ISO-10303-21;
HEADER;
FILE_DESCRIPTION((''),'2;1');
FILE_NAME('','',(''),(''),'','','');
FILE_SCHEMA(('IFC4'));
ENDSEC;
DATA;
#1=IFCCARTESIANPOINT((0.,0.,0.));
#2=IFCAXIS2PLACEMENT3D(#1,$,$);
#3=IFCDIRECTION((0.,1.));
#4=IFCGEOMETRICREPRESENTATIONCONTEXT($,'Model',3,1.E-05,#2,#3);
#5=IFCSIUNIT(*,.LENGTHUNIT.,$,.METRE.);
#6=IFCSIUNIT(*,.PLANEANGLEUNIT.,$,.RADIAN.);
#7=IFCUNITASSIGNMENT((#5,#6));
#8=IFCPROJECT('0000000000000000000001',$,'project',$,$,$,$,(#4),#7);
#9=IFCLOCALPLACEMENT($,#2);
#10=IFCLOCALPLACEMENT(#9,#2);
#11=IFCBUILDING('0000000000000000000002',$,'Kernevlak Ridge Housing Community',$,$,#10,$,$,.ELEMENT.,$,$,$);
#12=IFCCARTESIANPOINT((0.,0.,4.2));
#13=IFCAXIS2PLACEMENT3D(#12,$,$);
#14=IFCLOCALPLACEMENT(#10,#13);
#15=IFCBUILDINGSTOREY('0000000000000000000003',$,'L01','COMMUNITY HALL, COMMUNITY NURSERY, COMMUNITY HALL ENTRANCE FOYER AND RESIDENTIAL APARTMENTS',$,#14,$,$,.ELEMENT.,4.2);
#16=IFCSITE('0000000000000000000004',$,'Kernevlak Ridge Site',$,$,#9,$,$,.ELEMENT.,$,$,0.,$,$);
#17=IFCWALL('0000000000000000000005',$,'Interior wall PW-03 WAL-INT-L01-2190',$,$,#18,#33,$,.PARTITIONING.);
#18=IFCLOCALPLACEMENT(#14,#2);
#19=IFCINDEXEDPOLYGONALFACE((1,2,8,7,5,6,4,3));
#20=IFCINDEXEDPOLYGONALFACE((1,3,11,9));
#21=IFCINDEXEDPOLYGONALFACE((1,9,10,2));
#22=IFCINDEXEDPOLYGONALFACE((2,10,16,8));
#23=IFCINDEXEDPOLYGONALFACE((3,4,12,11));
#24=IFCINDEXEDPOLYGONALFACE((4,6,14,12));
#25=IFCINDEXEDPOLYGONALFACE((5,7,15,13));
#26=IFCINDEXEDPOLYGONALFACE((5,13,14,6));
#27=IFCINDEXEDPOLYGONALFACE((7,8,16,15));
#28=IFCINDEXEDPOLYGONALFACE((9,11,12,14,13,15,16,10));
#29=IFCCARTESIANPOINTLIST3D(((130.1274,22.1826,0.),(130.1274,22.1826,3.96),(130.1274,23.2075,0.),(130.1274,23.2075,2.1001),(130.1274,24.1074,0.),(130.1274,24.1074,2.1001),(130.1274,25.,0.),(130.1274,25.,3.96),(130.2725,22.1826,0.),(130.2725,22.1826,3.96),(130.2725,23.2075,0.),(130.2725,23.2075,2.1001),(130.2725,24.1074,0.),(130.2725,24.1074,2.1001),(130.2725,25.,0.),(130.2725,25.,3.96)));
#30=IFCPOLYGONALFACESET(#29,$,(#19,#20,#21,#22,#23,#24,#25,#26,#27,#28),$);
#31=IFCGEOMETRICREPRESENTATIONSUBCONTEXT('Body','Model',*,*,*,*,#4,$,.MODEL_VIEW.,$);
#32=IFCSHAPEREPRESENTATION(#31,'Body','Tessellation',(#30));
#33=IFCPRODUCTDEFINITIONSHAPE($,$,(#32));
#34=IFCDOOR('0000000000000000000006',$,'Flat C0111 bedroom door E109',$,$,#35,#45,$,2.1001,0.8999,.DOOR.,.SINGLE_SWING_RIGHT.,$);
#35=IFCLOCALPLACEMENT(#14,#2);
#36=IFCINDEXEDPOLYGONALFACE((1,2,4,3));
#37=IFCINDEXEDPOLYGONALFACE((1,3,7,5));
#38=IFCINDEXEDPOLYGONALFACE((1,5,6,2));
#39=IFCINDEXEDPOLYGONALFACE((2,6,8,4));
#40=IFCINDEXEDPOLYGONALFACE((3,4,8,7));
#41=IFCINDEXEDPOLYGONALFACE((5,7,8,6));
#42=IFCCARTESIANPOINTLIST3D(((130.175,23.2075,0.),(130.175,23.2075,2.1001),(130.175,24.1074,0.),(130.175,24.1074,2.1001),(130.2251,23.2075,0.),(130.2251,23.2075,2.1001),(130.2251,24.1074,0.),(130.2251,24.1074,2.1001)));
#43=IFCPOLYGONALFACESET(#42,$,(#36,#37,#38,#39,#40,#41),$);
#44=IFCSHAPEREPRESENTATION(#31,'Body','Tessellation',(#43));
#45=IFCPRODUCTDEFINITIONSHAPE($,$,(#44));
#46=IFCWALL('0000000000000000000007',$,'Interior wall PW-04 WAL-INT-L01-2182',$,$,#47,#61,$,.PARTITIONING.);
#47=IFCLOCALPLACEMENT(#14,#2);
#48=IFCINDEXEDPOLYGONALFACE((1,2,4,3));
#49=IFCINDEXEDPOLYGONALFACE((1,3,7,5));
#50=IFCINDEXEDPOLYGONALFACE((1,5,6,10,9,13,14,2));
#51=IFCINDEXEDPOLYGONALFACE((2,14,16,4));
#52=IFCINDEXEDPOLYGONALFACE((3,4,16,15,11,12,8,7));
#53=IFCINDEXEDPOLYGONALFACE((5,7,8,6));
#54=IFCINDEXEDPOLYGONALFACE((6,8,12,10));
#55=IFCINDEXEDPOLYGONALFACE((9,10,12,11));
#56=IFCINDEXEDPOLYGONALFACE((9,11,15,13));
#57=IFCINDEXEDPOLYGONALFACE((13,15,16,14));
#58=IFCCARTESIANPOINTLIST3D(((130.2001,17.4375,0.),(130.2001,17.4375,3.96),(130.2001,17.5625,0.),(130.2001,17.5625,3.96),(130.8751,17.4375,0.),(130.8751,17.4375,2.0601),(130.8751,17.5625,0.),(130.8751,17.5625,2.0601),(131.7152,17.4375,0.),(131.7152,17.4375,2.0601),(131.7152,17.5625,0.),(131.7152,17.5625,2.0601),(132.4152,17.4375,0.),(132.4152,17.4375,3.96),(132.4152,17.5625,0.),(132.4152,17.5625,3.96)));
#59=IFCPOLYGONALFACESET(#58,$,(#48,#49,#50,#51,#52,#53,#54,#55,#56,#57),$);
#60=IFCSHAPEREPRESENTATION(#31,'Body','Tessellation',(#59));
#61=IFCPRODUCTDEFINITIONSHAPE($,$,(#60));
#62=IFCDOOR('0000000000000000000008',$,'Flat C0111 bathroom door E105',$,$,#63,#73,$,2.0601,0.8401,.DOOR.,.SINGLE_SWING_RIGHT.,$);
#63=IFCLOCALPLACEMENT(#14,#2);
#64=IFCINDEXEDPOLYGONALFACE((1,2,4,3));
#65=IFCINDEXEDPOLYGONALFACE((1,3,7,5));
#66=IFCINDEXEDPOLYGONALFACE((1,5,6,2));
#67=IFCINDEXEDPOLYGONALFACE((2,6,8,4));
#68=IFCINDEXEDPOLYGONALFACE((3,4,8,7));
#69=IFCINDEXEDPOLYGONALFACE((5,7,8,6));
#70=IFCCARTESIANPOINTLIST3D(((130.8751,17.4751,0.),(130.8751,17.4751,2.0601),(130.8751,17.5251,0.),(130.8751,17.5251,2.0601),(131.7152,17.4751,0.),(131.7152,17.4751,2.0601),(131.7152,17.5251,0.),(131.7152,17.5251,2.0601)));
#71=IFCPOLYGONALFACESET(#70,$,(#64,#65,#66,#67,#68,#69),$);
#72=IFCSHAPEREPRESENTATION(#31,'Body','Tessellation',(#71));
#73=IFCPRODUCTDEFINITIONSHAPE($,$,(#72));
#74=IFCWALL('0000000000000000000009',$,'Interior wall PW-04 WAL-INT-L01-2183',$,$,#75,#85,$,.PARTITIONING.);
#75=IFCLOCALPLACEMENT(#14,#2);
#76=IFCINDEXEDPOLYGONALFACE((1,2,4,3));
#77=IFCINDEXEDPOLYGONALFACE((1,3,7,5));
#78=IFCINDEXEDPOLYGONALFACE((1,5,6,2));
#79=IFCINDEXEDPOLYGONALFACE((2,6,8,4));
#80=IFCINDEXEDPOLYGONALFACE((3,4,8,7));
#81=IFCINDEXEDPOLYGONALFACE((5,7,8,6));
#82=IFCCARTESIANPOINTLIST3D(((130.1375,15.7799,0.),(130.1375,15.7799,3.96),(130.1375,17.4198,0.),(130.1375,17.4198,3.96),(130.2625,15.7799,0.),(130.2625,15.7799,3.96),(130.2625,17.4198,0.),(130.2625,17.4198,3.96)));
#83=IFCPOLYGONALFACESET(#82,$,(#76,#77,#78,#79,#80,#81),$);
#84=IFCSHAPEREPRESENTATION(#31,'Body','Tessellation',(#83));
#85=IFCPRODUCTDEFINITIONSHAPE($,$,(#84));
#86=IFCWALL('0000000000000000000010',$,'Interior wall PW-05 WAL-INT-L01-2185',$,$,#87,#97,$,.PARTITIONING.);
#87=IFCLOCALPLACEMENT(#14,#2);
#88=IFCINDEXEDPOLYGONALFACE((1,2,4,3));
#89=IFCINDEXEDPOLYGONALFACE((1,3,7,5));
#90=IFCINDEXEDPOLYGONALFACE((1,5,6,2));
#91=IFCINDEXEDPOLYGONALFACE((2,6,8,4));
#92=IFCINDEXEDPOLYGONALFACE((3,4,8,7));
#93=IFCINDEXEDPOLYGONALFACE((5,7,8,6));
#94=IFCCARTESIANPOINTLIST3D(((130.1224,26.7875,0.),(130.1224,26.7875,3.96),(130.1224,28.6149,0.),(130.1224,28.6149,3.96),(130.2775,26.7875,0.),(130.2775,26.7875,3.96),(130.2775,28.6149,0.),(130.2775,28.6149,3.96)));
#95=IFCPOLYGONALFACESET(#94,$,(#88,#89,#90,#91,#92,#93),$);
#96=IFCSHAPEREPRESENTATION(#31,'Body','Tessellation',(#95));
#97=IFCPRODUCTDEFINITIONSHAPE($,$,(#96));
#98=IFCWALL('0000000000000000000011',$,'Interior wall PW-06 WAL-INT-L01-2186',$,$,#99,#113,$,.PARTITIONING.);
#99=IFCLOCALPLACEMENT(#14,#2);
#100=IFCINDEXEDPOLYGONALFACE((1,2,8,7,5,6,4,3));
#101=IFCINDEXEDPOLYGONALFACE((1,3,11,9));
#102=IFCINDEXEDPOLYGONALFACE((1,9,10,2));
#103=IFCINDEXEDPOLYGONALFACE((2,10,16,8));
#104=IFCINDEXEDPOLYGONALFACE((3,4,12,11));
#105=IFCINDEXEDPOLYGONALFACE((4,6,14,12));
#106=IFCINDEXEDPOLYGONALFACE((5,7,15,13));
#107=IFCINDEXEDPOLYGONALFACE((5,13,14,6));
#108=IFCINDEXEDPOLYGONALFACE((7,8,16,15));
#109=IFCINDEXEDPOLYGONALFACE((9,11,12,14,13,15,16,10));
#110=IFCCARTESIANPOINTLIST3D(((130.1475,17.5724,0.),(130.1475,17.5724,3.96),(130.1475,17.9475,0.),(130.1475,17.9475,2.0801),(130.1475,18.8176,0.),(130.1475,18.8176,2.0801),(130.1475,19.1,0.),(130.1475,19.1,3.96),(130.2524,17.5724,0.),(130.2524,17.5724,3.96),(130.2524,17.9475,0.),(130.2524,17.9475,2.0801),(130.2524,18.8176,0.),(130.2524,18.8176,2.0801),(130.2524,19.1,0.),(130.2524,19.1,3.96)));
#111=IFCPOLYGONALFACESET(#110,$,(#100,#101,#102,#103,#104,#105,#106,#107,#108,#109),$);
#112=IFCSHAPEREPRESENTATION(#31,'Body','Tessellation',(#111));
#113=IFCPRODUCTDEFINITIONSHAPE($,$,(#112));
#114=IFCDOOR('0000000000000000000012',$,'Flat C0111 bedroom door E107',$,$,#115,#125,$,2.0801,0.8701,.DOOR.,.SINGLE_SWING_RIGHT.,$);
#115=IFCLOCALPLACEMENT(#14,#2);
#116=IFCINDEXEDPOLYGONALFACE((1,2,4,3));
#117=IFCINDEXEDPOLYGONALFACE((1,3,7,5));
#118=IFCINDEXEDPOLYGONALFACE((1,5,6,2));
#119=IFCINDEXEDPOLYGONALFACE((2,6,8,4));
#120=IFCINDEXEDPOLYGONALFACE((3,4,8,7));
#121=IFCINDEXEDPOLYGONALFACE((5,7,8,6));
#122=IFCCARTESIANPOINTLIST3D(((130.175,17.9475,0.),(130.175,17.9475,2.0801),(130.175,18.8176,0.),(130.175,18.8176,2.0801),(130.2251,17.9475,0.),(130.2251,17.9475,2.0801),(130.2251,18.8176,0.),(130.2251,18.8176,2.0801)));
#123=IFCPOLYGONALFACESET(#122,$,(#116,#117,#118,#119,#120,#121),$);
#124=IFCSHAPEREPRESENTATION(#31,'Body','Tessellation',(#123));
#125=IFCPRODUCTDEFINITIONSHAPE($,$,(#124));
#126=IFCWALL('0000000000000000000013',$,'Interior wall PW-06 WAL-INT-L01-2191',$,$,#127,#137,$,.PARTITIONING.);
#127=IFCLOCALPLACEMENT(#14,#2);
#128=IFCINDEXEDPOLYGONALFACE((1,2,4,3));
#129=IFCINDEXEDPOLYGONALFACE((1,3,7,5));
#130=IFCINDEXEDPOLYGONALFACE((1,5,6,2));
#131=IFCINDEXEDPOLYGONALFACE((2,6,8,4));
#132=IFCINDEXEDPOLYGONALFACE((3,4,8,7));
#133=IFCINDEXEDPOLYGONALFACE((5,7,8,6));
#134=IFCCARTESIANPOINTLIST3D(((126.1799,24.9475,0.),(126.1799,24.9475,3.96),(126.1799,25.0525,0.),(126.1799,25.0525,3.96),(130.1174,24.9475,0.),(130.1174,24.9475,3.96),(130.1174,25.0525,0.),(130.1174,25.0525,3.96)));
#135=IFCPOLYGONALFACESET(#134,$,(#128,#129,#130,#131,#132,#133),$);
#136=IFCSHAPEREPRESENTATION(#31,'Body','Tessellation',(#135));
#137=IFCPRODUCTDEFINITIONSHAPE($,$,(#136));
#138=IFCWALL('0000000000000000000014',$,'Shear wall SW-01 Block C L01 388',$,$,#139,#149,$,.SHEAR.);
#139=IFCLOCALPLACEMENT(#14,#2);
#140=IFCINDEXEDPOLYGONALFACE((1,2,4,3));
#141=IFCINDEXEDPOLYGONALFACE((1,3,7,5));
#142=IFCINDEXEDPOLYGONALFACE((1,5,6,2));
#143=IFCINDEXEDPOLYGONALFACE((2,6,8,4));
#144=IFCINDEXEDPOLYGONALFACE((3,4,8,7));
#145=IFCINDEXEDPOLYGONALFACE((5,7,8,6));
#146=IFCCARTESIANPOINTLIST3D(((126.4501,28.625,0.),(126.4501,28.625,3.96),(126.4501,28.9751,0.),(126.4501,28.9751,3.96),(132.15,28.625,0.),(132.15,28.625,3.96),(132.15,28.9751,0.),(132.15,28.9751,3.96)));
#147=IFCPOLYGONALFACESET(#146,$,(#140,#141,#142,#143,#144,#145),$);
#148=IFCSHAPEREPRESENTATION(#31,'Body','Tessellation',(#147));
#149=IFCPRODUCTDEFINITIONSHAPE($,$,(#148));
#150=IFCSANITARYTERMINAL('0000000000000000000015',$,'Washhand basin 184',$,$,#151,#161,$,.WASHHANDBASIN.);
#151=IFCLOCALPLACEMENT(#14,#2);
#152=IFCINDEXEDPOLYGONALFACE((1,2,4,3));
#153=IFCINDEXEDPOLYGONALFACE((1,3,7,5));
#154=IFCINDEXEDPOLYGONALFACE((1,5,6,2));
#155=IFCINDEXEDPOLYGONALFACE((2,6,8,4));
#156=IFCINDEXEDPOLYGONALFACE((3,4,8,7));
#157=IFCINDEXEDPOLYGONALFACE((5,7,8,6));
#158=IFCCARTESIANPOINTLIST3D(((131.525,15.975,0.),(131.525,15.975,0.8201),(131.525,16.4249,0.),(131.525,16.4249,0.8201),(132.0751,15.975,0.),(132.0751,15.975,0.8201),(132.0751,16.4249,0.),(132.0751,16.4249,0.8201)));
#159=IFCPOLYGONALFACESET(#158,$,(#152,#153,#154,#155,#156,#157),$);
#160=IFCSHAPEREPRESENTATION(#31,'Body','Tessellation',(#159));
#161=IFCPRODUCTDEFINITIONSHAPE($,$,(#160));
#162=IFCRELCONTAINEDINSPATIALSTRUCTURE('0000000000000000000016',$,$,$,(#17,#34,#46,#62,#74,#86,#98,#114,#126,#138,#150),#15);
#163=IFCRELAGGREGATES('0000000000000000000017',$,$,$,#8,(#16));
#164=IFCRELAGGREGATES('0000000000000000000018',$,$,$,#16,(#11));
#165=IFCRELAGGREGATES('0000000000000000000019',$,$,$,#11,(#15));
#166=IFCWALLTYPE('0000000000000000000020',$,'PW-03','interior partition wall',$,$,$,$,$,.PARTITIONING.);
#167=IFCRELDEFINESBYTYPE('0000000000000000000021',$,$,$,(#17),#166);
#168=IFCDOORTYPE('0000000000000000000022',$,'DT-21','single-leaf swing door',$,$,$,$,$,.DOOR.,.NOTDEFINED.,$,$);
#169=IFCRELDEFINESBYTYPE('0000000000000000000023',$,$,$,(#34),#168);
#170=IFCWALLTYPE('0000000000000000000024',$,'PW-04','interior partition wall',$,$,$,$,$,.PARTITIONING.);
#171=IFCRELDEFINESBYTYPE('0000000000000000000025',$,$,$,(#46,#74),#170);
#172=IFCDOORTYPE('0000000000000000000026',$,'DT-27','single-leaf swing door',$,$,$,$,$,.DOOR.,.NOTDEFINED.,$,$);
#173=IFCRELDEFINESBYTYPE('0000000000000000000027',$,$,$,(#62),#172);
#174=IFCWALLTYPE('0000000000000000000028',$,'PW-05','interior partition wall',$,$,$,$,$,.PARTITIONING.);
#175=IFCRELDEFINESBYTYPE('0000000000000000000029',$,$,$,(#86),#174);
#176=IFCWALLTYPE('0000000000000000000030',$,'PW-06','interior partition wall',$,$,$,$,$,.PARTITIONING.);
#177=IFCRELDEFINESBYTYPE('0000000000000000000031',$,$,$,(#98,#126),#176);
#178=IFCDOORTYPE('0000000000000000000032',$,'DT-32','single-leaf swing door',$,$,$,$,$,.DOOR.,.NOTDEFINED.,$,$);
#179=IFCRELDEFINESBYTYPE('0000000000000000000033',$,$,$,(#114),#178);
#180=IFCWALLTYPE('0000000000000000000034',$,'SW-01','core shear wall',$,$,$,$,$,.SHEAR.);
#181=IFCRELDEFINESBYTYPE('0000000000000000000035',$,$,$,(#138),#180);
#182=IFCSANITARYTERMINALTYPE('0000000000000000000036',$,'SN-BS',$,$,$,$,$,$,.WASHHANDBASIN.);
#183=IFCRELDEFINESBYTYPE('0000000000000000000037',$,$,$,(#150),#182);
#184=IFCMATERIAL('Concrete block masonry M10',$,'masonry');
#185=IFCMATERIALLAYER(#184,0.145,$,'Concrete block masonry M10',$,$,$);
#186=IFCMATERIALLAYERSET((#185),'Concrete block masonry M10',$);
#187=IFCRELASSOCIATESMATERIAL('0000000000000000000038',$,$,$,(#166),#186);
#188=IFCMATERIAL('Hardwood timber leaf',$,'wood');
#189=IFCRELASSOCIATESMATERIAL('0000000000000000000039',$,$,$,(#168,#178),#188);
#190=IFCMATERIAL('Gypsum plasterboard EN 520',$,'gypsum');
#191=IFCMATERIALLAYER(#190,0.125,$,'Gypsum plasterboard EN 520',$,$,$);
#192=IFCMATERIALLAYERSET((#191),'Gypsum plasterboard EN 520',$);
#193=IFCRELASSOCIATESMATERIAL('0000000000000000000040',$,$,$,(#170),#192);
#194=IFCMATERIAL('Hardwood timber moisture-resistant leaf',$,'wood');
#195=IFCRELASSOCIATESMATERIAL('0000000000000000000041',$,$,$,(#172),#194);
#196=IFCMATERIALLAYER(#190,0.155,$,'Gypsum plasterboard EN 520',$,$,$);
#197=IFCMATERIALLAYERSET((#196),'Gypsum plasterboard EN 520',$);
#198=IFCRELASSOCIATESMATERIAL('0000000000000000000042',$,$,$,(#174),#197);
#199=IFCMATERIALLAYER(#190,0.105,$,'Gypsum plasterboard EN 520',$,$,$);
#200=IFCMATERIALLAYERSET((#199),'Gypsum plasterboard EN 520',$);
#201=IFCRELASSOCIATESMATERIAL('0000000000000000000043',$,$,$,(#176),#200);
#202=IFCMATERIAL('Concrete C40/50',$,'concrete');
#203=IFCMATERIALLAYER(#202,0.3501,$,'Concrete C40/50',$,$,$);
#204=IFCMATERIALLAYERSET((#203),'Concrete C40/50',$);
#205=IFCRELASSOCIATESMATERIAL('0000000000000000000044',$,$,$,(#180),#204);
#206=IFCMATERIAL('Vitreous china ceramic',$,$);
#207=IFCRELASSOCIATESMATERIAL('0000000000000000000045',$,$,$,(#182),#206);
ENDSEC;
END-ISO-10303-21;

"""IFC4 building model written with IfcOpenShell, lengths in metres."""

from ifc_helpers import new_model, si_unit, direction, frame, frame_2d, origin, origin_2d, place, context, subcontext, project, spatial, rectangle, extrude, material, layer, layer_set, type_object, element, fill, save


model = new_model("IFC4")

# Units and contexts
model_context = context("Model", 3, precision=1e-05, world=origin(), true_north=direction((0.0, 1.0)))
body_context = subcontext(model_context, "Body", "Model", "MODEL_VIEW")
ifc_project = project(units=[si_unit("LENGTHUNIT", "METRE"), si_unit("PLANEANGLEUNIT", "RADIAN")], contexts=[model_context])

# Site, building, storey
site_placement = place(None, origin())
site = spatial("IfcSite", under=ifc_project, at=site_placement, Name="Kernevlak Ridge Site", CompositionType="ELEMENT", RefElevation=0.0)
building_placement = place(site_placement, origin())
building = spatial("IfcBuilding", under=site, at=building_placement, Name="Kernevlak Ridge Housing Community", CompositionType="ELEMENT")
storey_placement = place(building_placement, frame((0.0, 0.0, 4.2)))
storey = spatial("IfcBuildingStorey", under=building, at=storey_placement, Name="L01", Description="COMMUNITY HALL, COMMUNITY NURSERY, COMMUNITY HALL ENTRANCE FOYER AND RESIDENTIAL APARTMENTS", CompositionType="ELEMENT", Elevation=4.2)

# Shared definitions
ifc_material_1 = material(Name="Concrete C40/50", Category="concrete")

# Shared definitions
ifc_material_2 = material(Name="Concrete block masonry M10", Category="masonry")

# Shared definitions
ifc_layer_1 = layer(ifc_material_2, 0.145, Name="Concrete block masonry M10")
ifc_layer_set_1 = layer_set([ifc_layer_1], Name="Concrete block masonry M10")
wall_type_1 = type_object("IfcWallType", Name="PW-03", Description="interior partition wall", PredefinedType="PARTITIONING", material=ifc_layer_set_1)

# Shared definitions
ifc_material_3 = material(Name="Hardwood timber leaf", Category="wood")

# Walls, openings, doors
wall_1_placement = place(storey_placement, frame((130.2, 22.1826, 0.0), z_axis=(0.0, 0.0, 1.0), x_axis=(0.0, 1.0, 0.0)))
wall_1 = element("IfcWall", 1, at=wall_1_placement, inside=storey, type_object=wall_type_1, Name="Interior wall PW-03 WAL-INT-L01-2190", PredefinedType="PARTITIONING", context=body_context, shape_type="SweptSolid", body=[
    extrude(rectangle(XDim=2.8174, YDim=0.145, at=frame_2d((1.4087, 0.0))), origin(), (0.0, 0.0, 1.0), 3.96),
])
opening_1_placement = place(wall_1_placement, frame((1.0249, 0.0, 0.0)))
opening_1 = element("IfcOpeningElement", 2, at=opening_1_placement, cuts=wall_1, PredefinedType="OPENING", context=body_context, shape_type="SweptSolid", body=[
    extrude(rectangle(XDim=0.8999, YDim=2.1001, at=frame_2d((0.45, 1.05))), frame((0.0, 0.0825, 0.0), z_axis=(0.0, -1.0, 0.0), x_axis=(1.0, 0.0, 0.0)), (0.0, 0.0, 1.0), 0.165),
])
door_type_1 = type_object("IfcDoorType", Name="DT-21", Description="single-leaf swing door", OperationType="NOTDEFINED", PredefinedType="DOOR", material=ifc_material_3)
door_1_placement = place(opening_1_placement, origin())
door_1 = element("IfcDoor", 3, at=door_1_placement, inside=storey, type_object=door_type_1, Name="Flat C0111 bedroom door E109", OperationType="SINGLE_SWING_RIGHT", OverallHeight=2.1001, OverallWidth=0.8999, PredefinedType="DOOR", context=body_context, shape_type="SweptSolid", body=[
    extrude(rectangle(XDim=0.8999, YDim=2.1001, at=frame_2d((0.45, 1.05))), frame((0.0, 0.0249, 0.0), z_axis=(0.0, -1.0, 0.0), x_axis=(1.0, 0.0, 0.0)), (0.0, 0.0, 1.0), 0.05),
])
fill(opening_1, door_1)
ifc_material_4 = material(Name="Gypsum plasterboard EN 520", Category="gypsum")
ifc_layer_2 = layer(ifc_material_4, 0.125, Name="Gypsum plasterboard EN 520")
ifc_layer_set_2 = layer_set([ifc_layer_2], Name="Gypsum plasterboard EN 520")
wall_type_2 = type_object("IfcWallType", Name="PW-04", Description="interior partition wall", PredefinedType="PARTITIONING", material=ifc_layer_set_2)
wall_2_placement = place(storey_placement, frame((132.415, 17.5, 0.0), z_axis=(0.0, 0.0, 1.0), x_axis=(-1.0, 0.0, 0.0)))
wall_2 = element("IfcWall", 4, at=wall_2_placement, inside=storey, type_object=wall_type_2, Name="Interior wall PW-04 WAL-INT-L01-2182", PredefinedType="PARTITIONING", context=body_context, shape_type="SweptSolid", body=[
    extrude(rectangle(XDim=2.2151, YDim=0.125, at=frame_2d((1.1074, 0.0))), origin(), (0.0, 0.0, 1.0), 3.96),
])
opening_2_placement = place(wall_2_placement, frame((0.7, 0.0, 0.0)))
opening_2 = element("IfcOpeningElement", 5, at=opening_2_placement, cuts=wall_2, PredefinedType="OPENING", context=body_context, shape_type="SweptSolid", body=[
    extrude(rectangle(XDim=0.8401, YDim=2.0601, at=frame_2d((0.4199, 1.03))), frame((0.0, 0.0725, 0.0), z_axis=(0.0, -1.0, 0.0), x_axis=(1.0, 0.0, 0.0)), (0.0, 0.0, 1.0), 0.145),
])
ifc_material_5 = material(Name="Hardwood timber moisture-resistant leaf", Category="wood")
door_type_2 = type_object("IfcDoorType", Name="DT-27", Description="single-leaf swing door", OperationType="NOTDEFINED", PredefinedType="DOOR", material=ifc_material_5)
door_2_placement = place(opening_2_placement, origin())
door_2 = element("IfcDoor", 6, at=door_2_placement, inside=storey, type_object=door_type_2, Name="Flat C0111 bathroom door E105", OperationType="SINGLE_SWING_RIGHT", OverallHeight=2.0601, OverallWidth=0.8401, PredefinedType="DOOR", context=body_context, shape_type="SweptSolid", body=[
    extrude(rectangle(XDim=0.8401, YDim=2.0601, at=frame_2d((0.4199, 1.03))), frame((0.0, 0.0249, 0.0), z_axis=(0.0, -1.0, 0.0), x_axis=(1.0, 0.0, 0.0)), (0.0, 0.0, 1.0), 0.05),
])
fill(opening_2, door_2)

# Walls
wall_3_placement = place(storey_placement, frame((130.2, 15.78, 0.0), z_axis=(0.0, 0.0, 1.0), x_axis=(0.0, 1.0, 0.0)))
element("IfcWall", 7, at=wall_3_placement, inside=storey, type_object=wall_type_2, Name="Interior wall PW-04 WAL-INT-L01-2183", PredefinedType="PARTITIONING", context=body_context, shape_type="SweptSolid", body=[
    extrude(rectangle(XDim=1.6399, YDim=0.125, at=frame_2d((0.8198, 0.0))), origin(), (0.0, 0.0, 1.0), 3.96),
])
ifc_layer_3 = layer(ifc_material_4, 0.155, Name="Gypsum plasterboard EN 520")
ifc_layer_set_3 = layer_set([ifc_layer_3], Name="Gypsum plasterboard EN 520")
wall_type_3 = type_object("IfcWallType", Name="PW-05", Description="interior partition wall", PredefinedType="PARTITIONING", material=ifc_layer_set_3)
wall_4_placement = place(storey_placement, frame((130.2, 26.7876, 0.0), z_axis=(0.0, 0.0, 1.0), x_axis=(0.0, 1.0, 0.0)))
element("IfcWall", 8, at=wall_4_placement, inside=storey, type_object=wall_type_3, Name="Interior wall PW-05 WAL-INT-L01-2185", PredefinedType="PARTITIONING", context=body_context, shape_type="SweptSolid", body=[
    extrude(rectangle(XDim=1.8274, YDim=0.155, at=frame_2d((0.9136, 0.0))), origin(), (0.0, 0.0, 1.0), 3.96),
])

# Wall, opening, door
ifc_layer_4 = layer(ifc_material_4, 0.105, Name="Gypsum plasterboard EN 520")
ifc_layer_set_4 = layer_set([ifc_layer_4], Name="Gypsum plasterboard EN 520")
wall_type_4 = type_object("IfcWallType", Name="PW-06", Description="interior partition wall", PredefinedType="PARTITIONING", material=ifc_layer_set_4)
wall_5_placement = place(storey_placement, frame((130.2, 17.5725, 0.0), z_axis=(0.0, 0.0, 1.0), x_axis=(0.0, 1.0, 0.0)))
wall_5 = element("IfcWall", 9, at=wall_5_placement, inside=storey, type_object=wall_type_4, Name="Interior wall PW-06 WAL-INT-L01-2186", PredefinedType="PARTITIONING", context=body_context, shape_type="SweptSolid", body=[
    extrude(rectangle(XDim=1.5276, YDim=0.105, at=frame_2d((0.7637, 0.0))), origin(), (0.0, 0.0, 1.0), 3.96),
])
opening_3_placement = place(wall_5_placement, frame((0.375, 0.0, 0.0)))
opening_3 = element("IfcOpeningElement", 10, at=opening_3_placement, cuts=wall_5, PredefinedType="OPENING", context=body_context, shape_type="SweptSolid", body=[
    extrude(rectangle(XDim=0.8701, YDim=2.0801, at=frame_2d((0.4351, 1.04))), frame((0.0, 0.0625, 0.0), z_axis=(0.0, -1.0, 0.0), x_axis=(1.0, 0.0, 0.0)), (0.0, 0.0, 1.0), 0.125),
])
door_type_3 = type_object("IfcDoorType", Name="DT-32", Description="single-leaf swing door", OperationType="NOTDEFINED", PredefinedType="DOOR", material=ifc_material_3)
door_3_placement = place(opening_3_placement, origin())
door_3 = element("IfcDoor", 11, at=door_3_placement, inside=storey, type_object=door_type_3, Name="Flat C0111 bedroom door E107", OperationType="SINGLE_SWING_RIGHT", OverallHeight=2.0801, OverallWidth=0.8701, PredefinedType="DOOR", context=body_context, shape_type="SweptSolid", body=[
    extrude(rectangle(XDim=0.8701, YDim=2.0801, at=frame_2d((0.4351, 1.04))), frame((0.0, 0.0249, 0.0), z_axis=(0.0, -1.0, 0.0), x_axis=(1.0, 0.0, 0.0)), (0.0, 0.0, 1.0), 0.05),
])
fill(opening_3, door_3)

# Walls
wall_6_placement = place(storey_placement, frame((130.1174, 25.0, 0.0), z_axis=(0.0, 0.0, 1.0), x_axis=(-1.0, 0.0, 0.0)))
element("IfcWall", 12, at=wall_6_placement, inside=storey, type_object=wall_type_4, Name="Interior wall PW-06 WAL-INT-L01-2191", PredefinedType="PARTITIONING", context=body_context, shape_type="SweptSolid", body=[
    extrude(rectangle(XDim=3.9375, YDim=0.105, at=frame_2d((1.9688, 0.0))), origin(), (0.0, 0.0, 1.0), 3.96),
])
ifc_layer_5 = layer(ifc_material_1, 0.3501, Name="Concrete C40/50")
ifc_layer_set_5 = layer_set([ifc_layer_5], Name="Concrete C40/50")
wall_type_5 = type_object("IfcWallType", Name="SW-01", Description="core shear wall", PredefinedType="SHEAR", material=ifc_layer_set_5)
wall_7_placement = place(storey_placement, frame((126.45, 28.8, 0.0), z_axis=(0.0, 0.0, 1.0), x_axis=(1.0, 0.0, 0.0)))
element("IfcWall", 13, at=wall_7_placement, inside=storey, type_object=wall_type_5, Name="Shear wall SW-01 Block C L01 388", PredefinedType="SHEAR", context=body_context, shape_type="SweptSolid", body=[
    extrude(rectangle(XDim=5.7, YDim=0.3501, at=frame_2d((2.8501, 0.0))), origin(), (0.0, 0.0, 1.0), 3.96),
])

# Sanitary terminal
ifc_material_6 = material(Name="Vitreous china ceramic")
sanitary_terminal_type_1 = type_object("IfcSanitaryTerminalType", Name="SN-BS", PredefinedType="WASHHANDBASIN", material=ifc_material_6)
sanitary_terminal_1_placement = place(storey_placement, frame((131.8, 16.2, 0.0), z_axis=(0.0, 0.0, 1.0), x_axis=(1.0, 0.0, 0.0)))
element("IfcSanitaryTerminal", 14, at=sanitary_terminal_1_placement, inside=storey, type_object=sanitary_terminal_type_1, Name="Washhand basin 184", PredefinedType="WASHHANDBASIN", context=body_context, shape_type="SweptSolid", body=[
    extrude(rectangle(XDim=0.55, YDim=0.45, at=origin_2d()), origin(), (0.0, 0.0, 1.0), 0.8201),
])

save(model, "model.ifc")
